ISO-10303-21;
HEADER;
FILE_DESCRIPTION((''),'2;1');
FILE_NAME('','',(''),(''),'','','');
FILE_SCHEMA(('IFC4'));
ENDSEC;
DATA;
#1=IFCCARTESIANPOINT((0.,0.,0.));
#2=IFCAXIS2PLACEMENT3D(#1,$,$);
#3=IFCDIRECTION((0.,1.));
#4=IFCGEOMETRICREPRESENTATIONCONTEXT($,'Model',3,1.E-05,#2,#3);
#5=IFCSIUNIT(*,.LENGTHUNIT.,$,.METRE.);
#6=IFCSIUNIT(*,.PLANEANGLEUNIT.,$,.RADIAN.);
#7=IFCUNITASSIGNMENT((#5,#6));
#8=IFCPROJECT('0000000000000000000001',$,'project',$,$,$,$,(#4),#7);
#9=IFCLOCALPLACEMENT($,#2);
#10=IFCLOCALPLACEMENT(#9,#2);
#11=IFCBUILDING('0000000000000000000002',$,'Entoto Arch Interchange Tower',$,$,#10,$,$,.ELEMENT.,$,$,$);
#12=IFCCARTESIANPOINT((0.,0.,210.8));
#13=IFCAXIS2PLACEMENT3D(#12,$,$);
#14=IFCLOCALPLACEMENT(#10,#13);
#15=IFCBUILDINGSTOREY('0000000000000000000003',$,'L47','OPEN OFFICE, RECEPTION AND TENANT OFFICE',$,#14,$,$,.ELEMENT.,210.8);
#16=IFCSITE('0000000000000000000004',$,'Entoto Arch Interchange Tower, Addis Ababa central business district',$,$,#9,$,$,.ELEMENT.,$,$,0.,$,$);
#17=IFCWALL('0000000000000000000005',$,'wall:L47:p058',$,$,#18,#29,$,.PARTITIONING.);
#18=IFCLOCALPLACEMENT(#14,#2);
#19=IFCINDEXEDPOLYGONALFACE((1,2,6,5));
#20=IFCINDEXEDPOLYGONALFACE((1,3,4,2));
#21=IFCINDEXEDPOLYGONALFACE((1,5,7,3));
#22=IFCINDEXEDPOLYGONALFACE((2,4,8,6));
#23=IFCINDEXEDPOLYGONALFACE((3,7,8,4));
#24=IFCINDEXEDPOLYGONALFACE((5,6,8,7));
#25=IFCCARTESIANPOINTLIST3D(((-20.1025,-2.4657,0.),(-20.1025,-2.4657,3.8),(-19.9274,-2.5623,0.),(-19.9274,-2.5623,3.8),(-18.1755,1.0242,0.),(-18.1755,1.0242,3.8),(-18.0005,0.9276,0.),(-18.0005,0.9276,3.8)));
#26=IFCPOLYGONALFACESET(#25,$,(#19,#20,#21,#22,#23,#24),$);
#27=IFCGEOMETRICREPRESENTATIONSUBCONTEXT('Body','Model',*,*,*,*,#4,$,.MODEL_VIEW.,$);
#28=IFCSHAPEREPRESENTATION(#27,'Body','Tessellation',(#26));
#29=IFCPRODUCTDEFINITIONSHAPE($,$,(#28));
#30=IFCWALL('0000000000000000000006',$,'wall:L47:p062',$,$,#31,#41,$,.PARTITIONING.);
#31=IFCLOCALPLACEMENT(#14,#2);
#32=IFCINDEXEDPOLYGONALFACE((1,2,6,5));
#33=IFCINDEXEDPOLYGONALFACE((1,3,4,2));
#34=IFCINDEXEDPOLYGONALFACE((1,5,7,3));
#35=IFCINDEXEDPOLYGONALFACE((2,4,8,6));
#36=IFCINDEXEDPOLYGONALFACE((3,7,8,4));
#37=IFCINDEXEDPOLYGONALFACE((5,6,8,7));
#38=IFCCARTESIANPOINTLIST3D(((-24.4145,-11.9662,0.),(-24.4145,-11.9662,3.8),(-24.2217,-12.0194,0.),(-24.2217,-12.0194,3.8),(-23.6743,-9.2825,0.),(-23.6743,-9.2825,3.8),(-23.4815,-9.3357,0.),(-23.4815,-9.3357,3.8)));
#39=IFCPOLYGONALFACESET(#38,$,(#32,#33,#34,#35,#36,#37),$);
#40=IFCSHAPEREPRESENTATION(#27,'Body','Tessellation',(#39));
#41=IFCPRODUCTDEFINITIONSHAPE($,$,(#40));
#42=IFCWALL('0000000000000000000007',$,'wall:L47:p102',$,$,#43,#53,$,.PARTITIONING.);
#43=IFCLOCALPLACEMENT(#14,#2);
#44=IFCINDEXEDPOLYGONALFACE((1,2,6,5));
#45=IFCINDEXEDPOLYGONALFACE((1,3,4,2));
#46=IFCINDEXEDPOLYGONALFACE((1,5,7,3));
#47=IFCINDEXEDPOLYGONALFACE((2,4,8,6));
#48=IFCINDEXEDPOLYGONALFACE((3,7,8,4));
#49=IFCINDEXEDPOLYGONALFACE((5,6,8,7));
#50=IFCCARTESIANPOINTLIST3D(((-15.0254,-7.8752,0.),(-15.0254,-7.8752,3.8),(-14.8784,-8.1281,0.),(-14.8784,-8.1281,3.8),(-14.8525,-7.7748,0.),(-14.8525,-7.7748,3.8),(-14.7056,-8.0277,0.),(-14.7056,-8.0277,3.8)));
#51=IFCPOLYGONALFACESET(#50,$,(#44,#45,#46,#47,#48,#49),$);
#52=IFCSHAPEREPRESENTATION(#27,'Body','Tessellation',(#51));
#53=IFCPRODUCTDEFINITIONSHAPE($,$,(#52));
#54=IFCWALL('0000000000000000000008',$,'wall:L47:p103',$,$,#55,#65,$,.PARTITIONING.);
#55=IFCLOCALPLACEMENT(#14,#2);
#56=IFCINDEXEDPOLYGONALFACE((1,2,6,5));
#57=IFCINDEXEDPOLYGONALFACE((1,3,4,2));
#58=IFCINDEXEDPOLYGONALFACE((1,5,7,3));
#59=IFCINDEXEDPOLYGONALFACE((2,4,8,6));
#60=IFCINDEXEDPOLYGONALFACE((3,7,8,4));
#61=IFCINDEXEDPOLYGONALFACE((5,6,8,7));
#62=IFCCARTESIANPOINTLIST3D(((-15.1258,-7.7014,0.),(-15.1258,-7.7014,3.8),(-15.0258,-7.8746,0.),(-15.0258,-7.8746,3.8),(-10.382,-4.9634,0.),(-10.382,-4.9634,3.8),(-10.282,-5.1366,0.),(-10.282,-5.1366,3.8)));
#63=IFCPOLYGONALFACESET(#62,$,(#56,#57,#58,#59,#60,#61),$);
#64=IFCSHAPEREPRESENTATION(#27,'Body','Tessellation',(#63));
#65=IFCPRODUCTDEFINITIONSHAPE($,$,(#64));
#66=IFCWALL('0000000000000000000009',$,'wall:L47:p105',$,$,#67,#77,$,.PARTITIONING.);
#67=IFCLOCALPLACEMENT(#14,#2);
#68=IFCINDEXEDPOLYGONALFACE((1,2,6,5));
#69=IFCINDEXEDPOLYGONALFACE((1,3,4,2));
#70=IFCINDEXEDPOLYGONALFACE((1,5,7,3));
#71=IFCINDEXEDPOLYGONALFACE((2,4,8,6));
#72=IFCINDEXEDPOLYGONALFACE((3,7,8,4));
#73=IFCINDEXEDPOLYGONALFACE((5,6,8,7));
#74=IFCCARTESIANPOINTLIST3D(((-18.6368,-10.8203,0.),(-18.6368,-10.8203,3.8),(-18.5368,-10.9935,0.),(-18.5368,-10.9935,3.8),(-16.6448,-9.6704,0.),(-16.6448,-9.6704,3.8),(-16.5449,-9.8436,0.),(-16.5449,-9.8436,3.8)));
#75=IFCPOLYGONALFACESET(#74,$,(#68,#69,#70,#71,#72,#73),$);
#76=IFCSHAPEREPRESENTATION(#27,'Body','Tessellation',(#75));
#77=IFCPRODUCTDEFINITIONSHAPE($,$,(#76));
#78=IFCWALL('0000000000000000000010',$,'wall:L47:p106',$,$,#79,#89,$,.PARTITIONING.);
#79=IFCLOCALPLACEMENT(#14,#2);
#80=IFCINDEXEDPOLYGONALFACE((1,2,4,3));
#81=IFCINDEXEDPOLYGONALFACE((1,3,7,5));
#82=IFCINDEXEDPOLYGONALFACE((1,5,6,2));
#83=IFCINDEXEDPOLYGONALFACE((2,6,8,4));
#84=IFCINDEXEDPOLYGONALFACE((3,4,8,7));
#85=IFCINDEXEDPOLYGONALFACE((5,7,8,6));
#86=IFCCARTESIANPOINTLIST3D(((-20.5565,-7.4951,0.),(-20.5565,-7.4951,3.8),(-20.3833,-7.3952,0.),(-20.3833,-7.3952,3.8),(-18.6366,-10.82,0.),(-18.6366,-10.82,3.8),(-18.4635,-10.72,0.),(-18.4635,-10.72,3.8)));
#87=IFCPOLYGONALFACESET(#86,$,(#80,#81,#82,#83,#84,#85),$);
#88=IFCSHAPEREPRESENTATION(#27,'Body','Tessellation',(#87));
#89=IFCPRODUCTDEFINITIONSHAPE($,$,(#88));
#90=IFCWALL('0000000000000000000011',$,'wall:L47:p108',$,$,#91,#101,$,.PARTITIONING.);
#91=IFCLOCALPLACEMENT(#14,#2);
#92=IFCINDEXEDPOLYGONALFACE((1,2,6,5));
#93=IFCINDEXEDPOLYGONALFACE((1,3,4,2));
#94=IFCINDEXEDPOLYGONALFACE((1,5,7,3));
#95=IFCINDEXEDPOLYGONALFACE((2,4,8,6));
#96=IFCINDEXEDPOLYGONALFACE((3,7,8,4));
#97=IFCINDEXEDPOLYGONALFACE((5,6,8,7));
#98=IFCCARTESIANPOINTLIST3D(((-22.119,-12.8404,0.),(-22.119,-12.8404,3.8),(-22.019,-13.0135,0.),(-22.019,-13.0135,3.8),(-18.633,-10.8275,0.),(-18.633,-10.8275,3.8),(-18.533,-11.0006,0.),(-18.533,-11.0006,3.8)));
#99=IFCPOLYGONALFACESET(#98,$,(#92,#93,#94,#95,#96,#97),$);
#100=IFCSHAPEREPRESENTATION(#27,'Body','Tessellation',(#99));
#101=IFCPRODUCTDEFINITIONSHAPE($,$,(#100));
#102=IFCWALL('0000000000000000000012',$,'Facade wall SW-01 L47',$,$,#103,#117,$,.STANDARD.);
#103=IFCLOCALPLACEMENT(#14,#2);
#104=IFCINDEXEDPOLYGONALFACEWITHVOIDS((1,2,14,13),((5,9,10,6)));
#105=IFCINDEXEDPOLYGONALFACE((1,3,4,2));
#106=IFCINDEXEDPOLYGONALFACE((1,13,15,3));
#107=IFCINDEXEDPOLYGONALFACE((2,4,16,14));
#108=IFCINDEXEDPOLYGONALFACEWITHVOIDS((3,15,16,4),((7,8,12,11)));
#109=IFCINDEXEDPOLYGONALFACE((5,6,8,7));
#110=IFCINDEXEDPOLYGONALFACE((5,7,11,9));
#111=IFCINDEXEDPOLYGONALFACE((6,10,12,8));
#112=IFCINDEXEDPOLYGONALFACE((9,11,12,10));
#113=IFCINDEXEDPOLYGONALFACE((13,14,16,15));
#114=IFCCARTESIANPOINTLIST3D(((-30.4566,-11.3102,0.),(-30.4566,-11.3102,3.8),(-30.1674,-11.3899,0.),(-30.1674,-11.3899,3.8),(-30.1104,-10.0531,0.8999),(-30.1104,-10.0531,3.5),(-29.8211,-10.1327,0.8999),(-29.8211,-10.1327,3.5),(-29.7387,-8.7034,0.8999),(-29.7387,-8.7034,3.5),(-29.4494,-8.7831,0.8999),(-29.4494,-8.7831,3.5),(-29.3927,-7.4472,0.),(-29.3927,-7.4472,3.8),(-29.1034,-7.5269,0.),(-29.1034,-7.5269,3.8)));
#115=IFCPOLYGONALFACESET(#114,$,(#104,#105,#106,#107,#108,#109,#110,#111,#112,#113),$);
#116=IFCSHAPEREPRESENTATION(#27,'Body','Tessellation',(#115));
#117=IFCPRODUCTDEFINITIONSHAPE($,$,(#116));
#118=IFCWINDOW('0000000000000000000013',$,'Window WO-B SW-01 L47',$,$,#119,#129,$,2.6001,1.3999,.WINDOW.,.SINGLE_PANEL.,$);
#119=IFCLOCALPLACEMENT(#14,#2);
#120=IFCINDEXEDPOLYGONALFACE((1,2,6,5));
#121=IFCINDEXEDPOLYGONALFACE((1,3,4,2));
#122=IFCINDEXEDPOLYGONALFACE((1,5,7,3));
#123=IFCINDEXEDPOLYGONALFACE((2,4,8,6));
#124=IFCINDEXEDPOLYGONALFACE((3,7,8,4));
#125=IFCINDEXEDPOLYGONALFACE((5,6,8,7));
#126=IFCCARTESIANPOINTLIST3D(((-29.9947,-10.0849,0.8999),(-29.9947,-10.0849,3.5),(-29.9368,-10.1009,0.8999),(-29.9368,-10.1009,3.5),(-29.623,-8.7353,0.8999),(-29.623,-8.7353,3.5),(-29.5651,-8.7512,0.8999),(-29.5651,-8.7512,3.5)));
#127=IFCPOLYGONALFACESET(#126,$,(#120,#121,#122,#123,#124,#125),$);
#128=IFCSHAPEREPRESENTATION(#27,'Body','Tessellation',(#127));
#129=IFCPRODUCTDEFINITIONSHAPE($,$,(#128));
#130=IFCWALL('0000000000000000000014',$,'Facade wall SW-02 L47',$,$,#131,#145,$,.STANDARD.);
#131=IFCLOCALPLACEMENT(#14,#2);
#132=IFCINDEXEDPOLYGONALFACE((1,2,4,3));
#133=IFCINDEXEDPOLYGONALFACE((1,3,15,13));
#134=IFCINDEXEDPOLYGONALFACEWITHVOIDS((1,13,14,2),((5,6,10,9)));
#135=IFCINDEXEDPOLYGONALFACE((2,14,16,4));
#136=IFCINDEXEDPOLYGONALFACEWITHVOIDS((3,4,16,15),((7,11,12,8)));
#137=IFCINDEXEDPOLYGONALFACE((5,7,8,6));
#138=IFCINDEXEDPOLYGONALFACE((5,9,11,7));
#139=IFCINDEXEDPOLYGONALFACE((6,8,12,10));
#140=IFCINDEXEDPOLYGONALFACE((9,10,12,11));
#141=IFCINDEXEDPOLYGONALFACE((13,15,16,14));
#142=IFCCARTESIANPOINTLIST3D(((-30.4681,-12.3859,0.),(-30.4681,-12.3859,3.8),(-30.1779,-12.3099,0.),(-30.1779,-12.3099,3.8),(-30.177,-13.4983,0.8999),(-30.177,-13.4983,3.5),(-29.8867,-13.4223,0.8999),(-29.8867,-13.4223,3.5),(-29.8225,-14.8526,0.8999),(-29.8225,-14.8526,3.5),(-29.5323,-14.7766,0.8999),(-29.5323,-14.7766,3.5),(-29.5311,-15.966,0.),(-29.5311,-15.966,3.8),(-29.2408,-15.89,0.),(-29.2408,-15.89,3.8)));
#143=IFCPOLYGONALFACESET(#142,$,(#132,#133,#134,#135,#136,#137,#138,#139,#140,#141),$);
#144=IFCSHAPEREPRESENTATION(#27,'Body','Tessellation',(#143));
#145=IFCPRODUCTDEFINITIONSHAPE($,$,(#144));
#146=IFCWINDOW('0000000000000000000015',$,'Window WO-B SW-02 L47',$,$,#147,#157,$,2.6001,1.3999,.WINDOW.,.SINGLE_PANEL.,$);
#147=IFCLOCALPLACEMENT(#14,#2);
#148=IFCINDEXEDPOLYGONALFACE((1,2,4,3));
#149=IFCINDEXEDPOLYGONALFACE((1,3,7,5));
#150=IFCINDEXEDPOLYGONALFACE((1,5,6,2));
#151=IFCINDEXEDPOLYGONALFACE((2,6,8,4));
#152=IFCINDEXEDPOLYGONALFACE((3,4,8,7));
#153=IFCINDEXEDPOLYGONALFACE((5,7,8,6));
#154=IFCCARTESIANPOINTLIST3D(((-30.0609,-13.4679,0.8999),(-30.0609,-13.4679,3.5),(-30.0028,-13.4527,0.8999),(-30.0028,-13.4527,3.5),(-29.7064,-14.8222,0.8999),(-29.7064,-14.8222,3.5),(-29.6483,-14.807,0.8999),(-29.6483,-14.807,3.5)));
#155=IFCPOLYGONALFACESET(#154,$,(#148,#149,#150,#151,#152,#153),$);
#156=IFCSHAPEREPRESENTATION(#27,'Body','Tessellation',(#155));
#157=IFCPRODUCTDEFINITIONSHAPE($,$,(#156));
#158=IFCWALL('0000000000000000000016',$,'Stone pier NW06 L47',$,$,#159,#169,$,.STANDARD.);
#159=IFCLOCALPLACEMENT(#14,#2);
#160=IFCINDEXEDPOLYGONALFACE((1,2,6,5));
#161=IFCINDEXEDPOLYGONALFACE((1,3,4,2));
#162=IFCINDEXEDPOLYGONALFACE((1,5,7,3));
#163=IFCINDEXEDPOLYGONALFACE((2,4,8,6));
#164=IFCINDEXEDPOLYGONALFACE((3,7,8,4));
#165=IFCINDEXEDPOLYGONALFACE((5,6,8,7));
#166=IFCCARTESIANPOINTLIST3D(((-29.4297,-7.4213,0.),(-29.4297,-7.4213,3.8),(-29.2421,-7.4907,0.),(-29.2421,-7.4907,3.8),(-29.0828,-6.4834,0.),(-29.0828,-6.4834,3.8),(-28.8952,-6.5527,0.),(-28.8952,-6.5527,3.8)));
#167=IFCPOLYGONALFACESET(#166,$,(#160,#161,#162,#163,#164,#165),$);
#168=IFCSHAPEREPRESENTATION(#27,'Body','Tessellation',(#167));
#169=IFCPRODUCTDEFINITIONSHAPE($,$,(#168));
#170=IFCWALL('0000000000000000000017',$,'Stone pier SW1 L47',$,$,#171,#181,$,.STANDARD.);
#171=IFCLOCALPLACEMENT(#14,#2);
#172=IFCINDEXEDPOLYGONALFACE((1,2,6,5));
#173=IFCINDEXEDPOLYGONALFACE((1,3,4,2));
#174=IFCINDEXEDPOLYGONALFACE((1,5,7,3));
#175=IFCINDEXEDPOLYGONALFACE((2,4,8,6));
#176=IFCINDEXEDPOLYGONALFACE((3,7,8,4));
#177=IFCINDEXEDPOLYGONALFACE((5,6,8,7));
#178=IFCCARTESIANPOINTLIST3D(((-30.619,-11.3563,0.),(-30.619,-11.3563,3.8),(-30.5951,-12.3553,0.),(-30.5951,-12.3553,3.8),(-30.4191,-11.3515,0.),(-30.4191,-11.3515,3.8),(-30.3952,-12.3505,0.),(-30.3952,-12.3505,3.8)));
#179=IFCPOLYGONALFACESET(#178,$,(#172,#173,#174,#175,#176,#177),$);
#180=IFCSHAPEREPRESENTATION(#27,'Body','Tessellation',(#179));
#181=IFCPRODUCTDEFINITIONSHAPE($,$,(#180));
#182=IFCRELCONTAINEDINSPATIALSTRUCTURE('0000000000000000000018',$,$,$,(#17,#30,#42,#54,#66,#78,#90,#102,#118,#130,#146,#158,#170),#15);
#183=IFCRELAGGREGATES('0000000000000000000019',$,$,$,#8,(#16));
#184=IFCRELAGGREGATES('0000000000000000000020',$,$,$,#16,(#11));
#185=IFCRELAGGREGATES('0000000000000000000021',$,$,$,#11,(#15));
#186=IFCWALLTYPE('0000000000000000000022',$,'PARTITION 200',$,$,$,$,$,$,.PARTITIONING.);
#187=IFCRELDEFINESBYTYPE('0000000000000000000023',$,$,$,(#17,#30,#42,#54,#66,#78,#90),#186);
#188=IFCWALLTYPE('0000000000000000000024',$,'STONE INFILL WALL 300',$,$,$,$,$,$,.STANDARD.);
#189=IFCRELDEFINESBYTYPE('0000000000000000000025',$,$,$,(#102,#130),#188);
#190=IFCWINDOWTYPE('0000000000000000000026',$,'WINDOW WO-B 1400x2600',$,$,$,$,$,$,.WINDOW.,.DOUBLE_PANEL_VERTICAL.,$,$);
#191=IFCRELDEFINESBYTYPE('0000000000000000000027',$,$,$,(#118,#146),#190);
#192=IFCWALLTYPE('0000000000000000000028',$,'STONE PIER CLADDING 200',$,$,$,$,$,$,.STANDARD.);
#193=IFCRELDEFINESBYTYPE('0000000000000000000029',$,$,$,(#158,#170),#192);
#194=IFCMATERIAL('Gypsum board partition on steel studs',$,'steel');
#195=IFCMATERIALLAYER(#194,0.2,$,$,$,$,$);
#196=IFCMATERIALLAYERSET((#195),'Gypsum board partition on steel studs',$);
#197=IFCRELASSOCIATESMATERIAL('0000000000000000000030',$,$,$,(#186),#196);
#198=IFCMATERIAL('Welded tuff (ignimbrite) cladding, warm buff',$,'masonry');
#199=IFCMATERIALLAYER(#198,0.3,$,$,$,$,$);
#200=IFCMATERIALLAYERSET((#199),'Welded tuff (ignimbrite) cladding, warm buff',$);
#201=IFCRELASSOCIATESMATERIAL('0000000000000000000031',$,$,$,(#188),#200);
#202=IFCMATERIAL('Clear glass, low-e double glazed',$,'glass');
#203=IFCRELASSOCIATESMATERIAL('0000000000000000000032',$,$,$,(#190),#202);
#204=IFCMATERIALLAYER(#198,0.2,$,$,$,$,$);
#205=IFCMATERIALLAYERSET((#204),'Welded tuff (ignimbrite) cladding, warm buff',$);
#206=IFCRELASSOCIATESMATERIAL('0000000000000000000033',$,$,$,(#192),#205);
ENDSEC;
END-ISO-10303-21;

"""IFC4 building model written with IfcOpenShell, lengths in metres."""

from ifc_helpers import new_model, si_unit, direction, frame, frame_2d, origin, place, context, subcontext, project, spatial, rectangle, extrude, material, layer, layer_set, type_object, element, fill, save


model = new_model("IFC4")

# Units and contexts
model_context = context("Model", 3, precision=1e-05, world=origin(), true_north=direction((0.0, 1.0)))
body_context = subcontext(model_context, "Body", "Model", "MODEL_VIEW")
ifc_project = project(units=[si_unit("LENGTHUNIT", "METRE"), si_unit("PLANEANGLEUNIT", "RADIAN")], contexts=[model_context])

# Site, building, storey
site_placement = place(None, origin())
site = spatial("IfcSite", under=ifc_project, at=site_placement, Name="Entoto Arch Interchange Tower, Addis Ababa central business district", CompositionType="ELEMENT", RefElevation=0.0)
building_placement = place(site_placement, origin())
building = spatial("IfcBuilding", under=site, at=building_placement, Name="Entoto Arch Interchange Tower", CompositionType="ELEMENT")
storey_placement = place(building_placement, frame((0.0, 0.0, 210.8)))
storey = spatial("IfcBuildingStorey", under=building, at=storey_placement, Name="L47", Description="OPEN OFFICE, RECEPTION AND TENANT OFFICE", CompositionType="ELEMENT", Elevation=210.8)

# Shared definitions
ifc_material_1 = material(Name="Gypsum board partition on steel studs", Category="steel")

# Shared definitions
ifc_layer_1 = layer(ifc_material_1, 0.2)
ifc_layer_set_1 = layer_set([ifc_layer_1], Name="Gypsum board partition on steel studs")
wall_type_1 = type_object("IfcWallType", Name="PARTITION 200", PredefinedType="PARTITIONING", material=ifc_layer_set_1)

# Walls
wall_1_placement = place(storey_placement, frame((-20.0149, -2.5139, 0.0), z_axis=(0.0, 0.0, 1.0), x_axis=(0.483364, 0.87542, 0.0)))
element("IfcWall", 1, at=wall_1_placement, inside=storey, type_object=wall_type_1, Name="wall:L47:p058", PredefinedType="PARTITIONING", context=body_context, shape_type="SweptSolid", body=[
    extrude(rectangle(XDim=3.9866, YDim=0.2, at=frame_2d((1.9932, 0.0))), origin(), (0.0, 0.0, 1.0), 3.8),
])
wall_2_placement = place(storey_placement, frame((-24.3181, -11.9929, 0.0), z_axis=(0.0, 0.0, 1.0), x_axis=(0.265884, 0.964005, 0.0)))
element("IfcWall", 2, at=wall_2_placement, inside=storey, type_object=wall_type_1, Name="wall:L47:p062", PredefinedType="PARTITIONING", context=body_context, shape_type="SweptSolid", body=[
    extrude(rectangle(XDim=2.7839, YDim=0.2, at=frame_2d((1.3921, 0.0))), origin(), (0.0, 0.0, 1.0), 3.8),
])
wall_3_placement = place(storey_placement, frame((-14.792, -8.0779, 0.0), z_axis=(0.0, 0.0, 1.0), x_axis=(-0.502417, 0.864625, 0.0)))
element("IfcWall", 3, at=wall_3_placement, inside=storey, type_object=wall_type_1, Name="wall:L47:p102", PredefinedType="PARTITIONING", context=body_context, shape_type="SweptSolid", body=[
    extrude(rectangle(XDim=0.2925, YDim=0.2, at=frame_2d((0.1462, 0.0))), origin(), (0.0, 0.0, 1.0), 3.8),
])
wall_4_placement = place(storey_placement, frame((-15.0759, -7.7881, 0.0), z_axis=(0.0, 0.0, 1.0), x_axis=(0.866093, 0.499883, 0.0)))
element("IfcWall", 4, at=wall_4_placement, inside=storey, type_object=wall_type_1, Name="wall:L47:p103", PredefinedType="PARTITIONING", context=body_context, shape_type="SweptSolid", body=[
    extrude(rectangle(XDim=5.4773, YDim=0.2, at=frame_2d((2.7388, 0.0))), origin(), (0.0, 0.0, 1.0), 3.8),
])
wall_5_placement = place(storey_placement, frame((-16.595, -9.7571, 0.0), z_axis=(0.0, 0.0, 1.0), x_axis=(-0.866053, -0.499952, 0.0)))
element("IfcWall", 5, at=wall_5_placement, inside=storey, type_object=wall_type_1, Name="wall:L47:p105", PredefinedType="PARTITIONING", context=body_context, shape_type="SweptSolid", body=[
    extrude(rectangle(XDim=2.3, YDim=0.2, at=frame_2d((1.1499, 0.0))), origin(), (0.0, 0.0, 1.0), 3.8),
])
wall_6_placement = place(storey_placement, frame((-18.55, -10.77, 0.0), z_axis=(0.0, 0.0, 1.0), x_axis=(-0.500051, 0.865996, 0.0)))
element("IfcWall", 6, at=wall_6_placement, inside=storey, type_object=wall_type_1, Name="wall:L47:p106", PredefinedType="PARTITIONING", context=body_context, shape_type="SweptSolid", body=[
    extrude(rectangle(XDim=3.8394, YDim=0.2, at=frame_2d((1.9197, 0.0))), origin(), (0.0, 0.0, 1.0), 3.8),
])
wall_7_placement = place(storey_placement, frame((-18.583, -10.9141, 0.0), z_axis=(0.0, 0.0, 1.0), x_axis=(-0.865999, -0.500046, 0.0)))
element("IfcWall", 7, at=wall_7_placement, inside=storey, type_object=wall_type_1, Name="wall:L47:p108", PredefinedType="PARTITIONING", context=body_context, shape_type="SweptSolid", body=[
    extrude(rectangle(XDim=4.0254, YDim=0.2, at=frame_2d((2.0127, 0.0))), origin(), (0.0, 0.0, 1.0), 3.8),
])

# Walls, openings, windows
ifc_material_2 = material(Name="Welded tuff (ignimbrite) cladding, warm buff", Category="masonry")
ifc_layer_2 = layer(ifc_material_2, 0.3)
ifc_layer_set_2 = layer_set([ifc_layer_2], Name="Welded tuff (ignimbrite) cladding, warm buff")
wall_type_2 = type_object("IfcWallType", Name="STONE INFILL WALL 300", PredefinedType="STANDARD", material=ifc_layer_set_2)
wall_8_placement = place(storey_placement, frame((-29.248, -7.4871, 0.0), z_axis=(0.0, 0.0, 1.0), x_axis=(-0.265535, -0.964101, 0.0)))
wall_8 = element("IfcWall", 8, at=wall_8_placement, inside=storey, type_object=wall_type_2, Name="Facade wall SW-01 L47", PredefinedType="STANDARD", context=body_context, shape_type="SweptSolid", body=[
    extrude(rectangle(XDim=4.0068, YDim=0.3, at=frame_2d((2.0034, 0.0))), origin(), (0.0, 0.0, 1.0), 3.8),
])
opening_1_placement = place(wall_8_placement, frame((1.303, 0.0, 0.8999)))
opening_1 = element("IfcOpeningElement", 9, at=opening_1_placement, cuts=wall_8, PredefinedType="OPENING", context=body_context, shape_type="SweptSolid", body=[
    extrude(rectangle(XDim=1.3999, YDim=2.6001, at=frame_2d((0.7, 1.3))), frame((0.0, 0.1602, 0.0), z_axis=(0.0, -1.0, 0.0), x_axis=(1.0, 0.0, 0.0)), (0.0, 0.0, 1.0), 0.3201),
])
ifc_material_3 = material(Name="Clear glass, low-e double glazed", Category="glass")
window_type = type_object("IfcWindowType", Name="WINDOW WO-B 1400x2600", PartitioningType="DOUBLE_PANEL_VERTICAL", PredefinedType="WINDOW", material=ifc_material_3)
window_1_placement = place(opening_1_placement, origin())
window_1 = element("IfcWindow", 10, at=window_1_placement, inside=storey, type_object=window_type, Name="Window WO-B SW-01 L47", OverallHeight=2.6001, OverallWidth=1.3999, PartitioningType="SINGLE_PANEL", PredefinedType="WINDOW", context=body_context, shape_type="SweptSolid", body=[
    extrude(rectangle(XDim=1.3999, YDim=2.6001, at=frame_2d((0.7, 1.3))), frame((0.0, 0.03, 0.0), z_axis=(0.0, -1.0, 0.0), x_axis=(1.0, 0.0, 0.0)), (0.0, 0.0, 1.0), 0.0601),
])
fill(opening_1, window_1)
wall_9_placement = place(storey_placement, frame((-30.323, -12.3479, 0.0), z_axis=(0.0, 0.0, 1.0), x_axis=(0.253201, -0.967414, 0.0)))
wall_9 = element("IfcWall", 11, at=wall_9_placement, inside=storey, type_object=wall_type_2, Name="Facade wall SW-02 L47", PredefinedType="STANDARD", context=body_context, shape_type="SweptSolid", body=[
    extrude(rectangle(XDim=3.7007, YDim=0.3, at=frame_2d((1.8503, 0.0))), origin(), (0.0, 0.0, 1.0), 3.8),
])
opening_2_placement = place(wall_9_placement, frame((1.1499, 0.0, 0.8999)))
opening_2 = element("IfcOpeningElement", 12, at=opening_2_placement, cuts=wall_9, PredefinedType="OPENING", context=body_context, shape_type="SweptSolid", body=[
    extrude(rectangle(XDim=1.3999, YDim=2.6001, at=frame_2d((0.7, 1.3))), frame((0.0, 0.1602, 0.0), z_axis=(0.0, -1.0, 0.0), x_axis=(1.0, 0.0, 0.0)), (0.0, 0.0, 1.0), 0.3201),
])
window_2_placement = place(opening_2_placement, origin())
window_2 = element("IfcWindow", 13, at=window_2_placement, inside=storey, type_object=window_type, Name="Window WO-B SW-02 L47", OverallHeight=2.6001, OverallWidth=1.3999, PartitioningType="SINGLE_PANEL", PredefinedType="WINDOW", context=body_context, shape_type="SweptSolid", body=[
    extrude(rectangle(XDim=1.3999, YDim=2.6001, at=frame_2d((0.7, 1.3))), frame((0.0, 0.03, 0.0), z_axis=(0.0, -1.0, 0.0), x_axis=(1.0, 0.0, 0.0)), (0.0, 0.0, 1.0), 0.0601),
])
fill(opening_2, window_2)

# Walls
ifc_layer_3 = layer(ifc_material_2, 0.2)
ifc_layer_set_3 = layer_set([ifc_layer_3], Name="Welded tuff (ignimbrite) cladding, warm buff")
wall_type_3 = type_object("IfcWallType", Name="STONE PIER CLADDING 200", PredefinedType="STANDARD", material=ifc_layer_set_3)
wall_10_placement = place(storey_placement, frame((-28.989, -6.5181, 0.0), z_axis=(0.0, 0.0, 1.0), x_axis=(-0.346893, -0.937905, 0.0)))
element("IfcWall", 14, at=wall_10_placement, inside=storey, type_object=wall_type_3, Name="Stone pier NW06 L47", PredefinedType="STANDARD", context=body_context, shape_type="SweptSolid", body=[
    extrude(rectangle(XDim=1.0, YDim=0.2, at=frame_2d((0.5, 0.0))), origin(), (0.0, 0.0, 1.0), 3.8),
])
wall_11_placement = place(storey_placement, frame((-30.519, -11.354, 0.0), z_axis=(0.0, 0.0, 1.0), x_axis=(0.023942, -0.999713, 0.0)))
element("IfcWall", 15, at=wall_11_placement, inside=storey, type_object=wall_type_3, Name="Stone pier SW1 L47", PredefinedType="STANDARD", context=body_context, shape_type="SweptSolid", body=[
    extrude(rectangle(XDim=0.9993, YDim=0.2, at=frame_2d((0.4995, 0.0))), origin(), (0.0, 0.0, 1.0), 3.8),
])

save(model, "model.ifc")
